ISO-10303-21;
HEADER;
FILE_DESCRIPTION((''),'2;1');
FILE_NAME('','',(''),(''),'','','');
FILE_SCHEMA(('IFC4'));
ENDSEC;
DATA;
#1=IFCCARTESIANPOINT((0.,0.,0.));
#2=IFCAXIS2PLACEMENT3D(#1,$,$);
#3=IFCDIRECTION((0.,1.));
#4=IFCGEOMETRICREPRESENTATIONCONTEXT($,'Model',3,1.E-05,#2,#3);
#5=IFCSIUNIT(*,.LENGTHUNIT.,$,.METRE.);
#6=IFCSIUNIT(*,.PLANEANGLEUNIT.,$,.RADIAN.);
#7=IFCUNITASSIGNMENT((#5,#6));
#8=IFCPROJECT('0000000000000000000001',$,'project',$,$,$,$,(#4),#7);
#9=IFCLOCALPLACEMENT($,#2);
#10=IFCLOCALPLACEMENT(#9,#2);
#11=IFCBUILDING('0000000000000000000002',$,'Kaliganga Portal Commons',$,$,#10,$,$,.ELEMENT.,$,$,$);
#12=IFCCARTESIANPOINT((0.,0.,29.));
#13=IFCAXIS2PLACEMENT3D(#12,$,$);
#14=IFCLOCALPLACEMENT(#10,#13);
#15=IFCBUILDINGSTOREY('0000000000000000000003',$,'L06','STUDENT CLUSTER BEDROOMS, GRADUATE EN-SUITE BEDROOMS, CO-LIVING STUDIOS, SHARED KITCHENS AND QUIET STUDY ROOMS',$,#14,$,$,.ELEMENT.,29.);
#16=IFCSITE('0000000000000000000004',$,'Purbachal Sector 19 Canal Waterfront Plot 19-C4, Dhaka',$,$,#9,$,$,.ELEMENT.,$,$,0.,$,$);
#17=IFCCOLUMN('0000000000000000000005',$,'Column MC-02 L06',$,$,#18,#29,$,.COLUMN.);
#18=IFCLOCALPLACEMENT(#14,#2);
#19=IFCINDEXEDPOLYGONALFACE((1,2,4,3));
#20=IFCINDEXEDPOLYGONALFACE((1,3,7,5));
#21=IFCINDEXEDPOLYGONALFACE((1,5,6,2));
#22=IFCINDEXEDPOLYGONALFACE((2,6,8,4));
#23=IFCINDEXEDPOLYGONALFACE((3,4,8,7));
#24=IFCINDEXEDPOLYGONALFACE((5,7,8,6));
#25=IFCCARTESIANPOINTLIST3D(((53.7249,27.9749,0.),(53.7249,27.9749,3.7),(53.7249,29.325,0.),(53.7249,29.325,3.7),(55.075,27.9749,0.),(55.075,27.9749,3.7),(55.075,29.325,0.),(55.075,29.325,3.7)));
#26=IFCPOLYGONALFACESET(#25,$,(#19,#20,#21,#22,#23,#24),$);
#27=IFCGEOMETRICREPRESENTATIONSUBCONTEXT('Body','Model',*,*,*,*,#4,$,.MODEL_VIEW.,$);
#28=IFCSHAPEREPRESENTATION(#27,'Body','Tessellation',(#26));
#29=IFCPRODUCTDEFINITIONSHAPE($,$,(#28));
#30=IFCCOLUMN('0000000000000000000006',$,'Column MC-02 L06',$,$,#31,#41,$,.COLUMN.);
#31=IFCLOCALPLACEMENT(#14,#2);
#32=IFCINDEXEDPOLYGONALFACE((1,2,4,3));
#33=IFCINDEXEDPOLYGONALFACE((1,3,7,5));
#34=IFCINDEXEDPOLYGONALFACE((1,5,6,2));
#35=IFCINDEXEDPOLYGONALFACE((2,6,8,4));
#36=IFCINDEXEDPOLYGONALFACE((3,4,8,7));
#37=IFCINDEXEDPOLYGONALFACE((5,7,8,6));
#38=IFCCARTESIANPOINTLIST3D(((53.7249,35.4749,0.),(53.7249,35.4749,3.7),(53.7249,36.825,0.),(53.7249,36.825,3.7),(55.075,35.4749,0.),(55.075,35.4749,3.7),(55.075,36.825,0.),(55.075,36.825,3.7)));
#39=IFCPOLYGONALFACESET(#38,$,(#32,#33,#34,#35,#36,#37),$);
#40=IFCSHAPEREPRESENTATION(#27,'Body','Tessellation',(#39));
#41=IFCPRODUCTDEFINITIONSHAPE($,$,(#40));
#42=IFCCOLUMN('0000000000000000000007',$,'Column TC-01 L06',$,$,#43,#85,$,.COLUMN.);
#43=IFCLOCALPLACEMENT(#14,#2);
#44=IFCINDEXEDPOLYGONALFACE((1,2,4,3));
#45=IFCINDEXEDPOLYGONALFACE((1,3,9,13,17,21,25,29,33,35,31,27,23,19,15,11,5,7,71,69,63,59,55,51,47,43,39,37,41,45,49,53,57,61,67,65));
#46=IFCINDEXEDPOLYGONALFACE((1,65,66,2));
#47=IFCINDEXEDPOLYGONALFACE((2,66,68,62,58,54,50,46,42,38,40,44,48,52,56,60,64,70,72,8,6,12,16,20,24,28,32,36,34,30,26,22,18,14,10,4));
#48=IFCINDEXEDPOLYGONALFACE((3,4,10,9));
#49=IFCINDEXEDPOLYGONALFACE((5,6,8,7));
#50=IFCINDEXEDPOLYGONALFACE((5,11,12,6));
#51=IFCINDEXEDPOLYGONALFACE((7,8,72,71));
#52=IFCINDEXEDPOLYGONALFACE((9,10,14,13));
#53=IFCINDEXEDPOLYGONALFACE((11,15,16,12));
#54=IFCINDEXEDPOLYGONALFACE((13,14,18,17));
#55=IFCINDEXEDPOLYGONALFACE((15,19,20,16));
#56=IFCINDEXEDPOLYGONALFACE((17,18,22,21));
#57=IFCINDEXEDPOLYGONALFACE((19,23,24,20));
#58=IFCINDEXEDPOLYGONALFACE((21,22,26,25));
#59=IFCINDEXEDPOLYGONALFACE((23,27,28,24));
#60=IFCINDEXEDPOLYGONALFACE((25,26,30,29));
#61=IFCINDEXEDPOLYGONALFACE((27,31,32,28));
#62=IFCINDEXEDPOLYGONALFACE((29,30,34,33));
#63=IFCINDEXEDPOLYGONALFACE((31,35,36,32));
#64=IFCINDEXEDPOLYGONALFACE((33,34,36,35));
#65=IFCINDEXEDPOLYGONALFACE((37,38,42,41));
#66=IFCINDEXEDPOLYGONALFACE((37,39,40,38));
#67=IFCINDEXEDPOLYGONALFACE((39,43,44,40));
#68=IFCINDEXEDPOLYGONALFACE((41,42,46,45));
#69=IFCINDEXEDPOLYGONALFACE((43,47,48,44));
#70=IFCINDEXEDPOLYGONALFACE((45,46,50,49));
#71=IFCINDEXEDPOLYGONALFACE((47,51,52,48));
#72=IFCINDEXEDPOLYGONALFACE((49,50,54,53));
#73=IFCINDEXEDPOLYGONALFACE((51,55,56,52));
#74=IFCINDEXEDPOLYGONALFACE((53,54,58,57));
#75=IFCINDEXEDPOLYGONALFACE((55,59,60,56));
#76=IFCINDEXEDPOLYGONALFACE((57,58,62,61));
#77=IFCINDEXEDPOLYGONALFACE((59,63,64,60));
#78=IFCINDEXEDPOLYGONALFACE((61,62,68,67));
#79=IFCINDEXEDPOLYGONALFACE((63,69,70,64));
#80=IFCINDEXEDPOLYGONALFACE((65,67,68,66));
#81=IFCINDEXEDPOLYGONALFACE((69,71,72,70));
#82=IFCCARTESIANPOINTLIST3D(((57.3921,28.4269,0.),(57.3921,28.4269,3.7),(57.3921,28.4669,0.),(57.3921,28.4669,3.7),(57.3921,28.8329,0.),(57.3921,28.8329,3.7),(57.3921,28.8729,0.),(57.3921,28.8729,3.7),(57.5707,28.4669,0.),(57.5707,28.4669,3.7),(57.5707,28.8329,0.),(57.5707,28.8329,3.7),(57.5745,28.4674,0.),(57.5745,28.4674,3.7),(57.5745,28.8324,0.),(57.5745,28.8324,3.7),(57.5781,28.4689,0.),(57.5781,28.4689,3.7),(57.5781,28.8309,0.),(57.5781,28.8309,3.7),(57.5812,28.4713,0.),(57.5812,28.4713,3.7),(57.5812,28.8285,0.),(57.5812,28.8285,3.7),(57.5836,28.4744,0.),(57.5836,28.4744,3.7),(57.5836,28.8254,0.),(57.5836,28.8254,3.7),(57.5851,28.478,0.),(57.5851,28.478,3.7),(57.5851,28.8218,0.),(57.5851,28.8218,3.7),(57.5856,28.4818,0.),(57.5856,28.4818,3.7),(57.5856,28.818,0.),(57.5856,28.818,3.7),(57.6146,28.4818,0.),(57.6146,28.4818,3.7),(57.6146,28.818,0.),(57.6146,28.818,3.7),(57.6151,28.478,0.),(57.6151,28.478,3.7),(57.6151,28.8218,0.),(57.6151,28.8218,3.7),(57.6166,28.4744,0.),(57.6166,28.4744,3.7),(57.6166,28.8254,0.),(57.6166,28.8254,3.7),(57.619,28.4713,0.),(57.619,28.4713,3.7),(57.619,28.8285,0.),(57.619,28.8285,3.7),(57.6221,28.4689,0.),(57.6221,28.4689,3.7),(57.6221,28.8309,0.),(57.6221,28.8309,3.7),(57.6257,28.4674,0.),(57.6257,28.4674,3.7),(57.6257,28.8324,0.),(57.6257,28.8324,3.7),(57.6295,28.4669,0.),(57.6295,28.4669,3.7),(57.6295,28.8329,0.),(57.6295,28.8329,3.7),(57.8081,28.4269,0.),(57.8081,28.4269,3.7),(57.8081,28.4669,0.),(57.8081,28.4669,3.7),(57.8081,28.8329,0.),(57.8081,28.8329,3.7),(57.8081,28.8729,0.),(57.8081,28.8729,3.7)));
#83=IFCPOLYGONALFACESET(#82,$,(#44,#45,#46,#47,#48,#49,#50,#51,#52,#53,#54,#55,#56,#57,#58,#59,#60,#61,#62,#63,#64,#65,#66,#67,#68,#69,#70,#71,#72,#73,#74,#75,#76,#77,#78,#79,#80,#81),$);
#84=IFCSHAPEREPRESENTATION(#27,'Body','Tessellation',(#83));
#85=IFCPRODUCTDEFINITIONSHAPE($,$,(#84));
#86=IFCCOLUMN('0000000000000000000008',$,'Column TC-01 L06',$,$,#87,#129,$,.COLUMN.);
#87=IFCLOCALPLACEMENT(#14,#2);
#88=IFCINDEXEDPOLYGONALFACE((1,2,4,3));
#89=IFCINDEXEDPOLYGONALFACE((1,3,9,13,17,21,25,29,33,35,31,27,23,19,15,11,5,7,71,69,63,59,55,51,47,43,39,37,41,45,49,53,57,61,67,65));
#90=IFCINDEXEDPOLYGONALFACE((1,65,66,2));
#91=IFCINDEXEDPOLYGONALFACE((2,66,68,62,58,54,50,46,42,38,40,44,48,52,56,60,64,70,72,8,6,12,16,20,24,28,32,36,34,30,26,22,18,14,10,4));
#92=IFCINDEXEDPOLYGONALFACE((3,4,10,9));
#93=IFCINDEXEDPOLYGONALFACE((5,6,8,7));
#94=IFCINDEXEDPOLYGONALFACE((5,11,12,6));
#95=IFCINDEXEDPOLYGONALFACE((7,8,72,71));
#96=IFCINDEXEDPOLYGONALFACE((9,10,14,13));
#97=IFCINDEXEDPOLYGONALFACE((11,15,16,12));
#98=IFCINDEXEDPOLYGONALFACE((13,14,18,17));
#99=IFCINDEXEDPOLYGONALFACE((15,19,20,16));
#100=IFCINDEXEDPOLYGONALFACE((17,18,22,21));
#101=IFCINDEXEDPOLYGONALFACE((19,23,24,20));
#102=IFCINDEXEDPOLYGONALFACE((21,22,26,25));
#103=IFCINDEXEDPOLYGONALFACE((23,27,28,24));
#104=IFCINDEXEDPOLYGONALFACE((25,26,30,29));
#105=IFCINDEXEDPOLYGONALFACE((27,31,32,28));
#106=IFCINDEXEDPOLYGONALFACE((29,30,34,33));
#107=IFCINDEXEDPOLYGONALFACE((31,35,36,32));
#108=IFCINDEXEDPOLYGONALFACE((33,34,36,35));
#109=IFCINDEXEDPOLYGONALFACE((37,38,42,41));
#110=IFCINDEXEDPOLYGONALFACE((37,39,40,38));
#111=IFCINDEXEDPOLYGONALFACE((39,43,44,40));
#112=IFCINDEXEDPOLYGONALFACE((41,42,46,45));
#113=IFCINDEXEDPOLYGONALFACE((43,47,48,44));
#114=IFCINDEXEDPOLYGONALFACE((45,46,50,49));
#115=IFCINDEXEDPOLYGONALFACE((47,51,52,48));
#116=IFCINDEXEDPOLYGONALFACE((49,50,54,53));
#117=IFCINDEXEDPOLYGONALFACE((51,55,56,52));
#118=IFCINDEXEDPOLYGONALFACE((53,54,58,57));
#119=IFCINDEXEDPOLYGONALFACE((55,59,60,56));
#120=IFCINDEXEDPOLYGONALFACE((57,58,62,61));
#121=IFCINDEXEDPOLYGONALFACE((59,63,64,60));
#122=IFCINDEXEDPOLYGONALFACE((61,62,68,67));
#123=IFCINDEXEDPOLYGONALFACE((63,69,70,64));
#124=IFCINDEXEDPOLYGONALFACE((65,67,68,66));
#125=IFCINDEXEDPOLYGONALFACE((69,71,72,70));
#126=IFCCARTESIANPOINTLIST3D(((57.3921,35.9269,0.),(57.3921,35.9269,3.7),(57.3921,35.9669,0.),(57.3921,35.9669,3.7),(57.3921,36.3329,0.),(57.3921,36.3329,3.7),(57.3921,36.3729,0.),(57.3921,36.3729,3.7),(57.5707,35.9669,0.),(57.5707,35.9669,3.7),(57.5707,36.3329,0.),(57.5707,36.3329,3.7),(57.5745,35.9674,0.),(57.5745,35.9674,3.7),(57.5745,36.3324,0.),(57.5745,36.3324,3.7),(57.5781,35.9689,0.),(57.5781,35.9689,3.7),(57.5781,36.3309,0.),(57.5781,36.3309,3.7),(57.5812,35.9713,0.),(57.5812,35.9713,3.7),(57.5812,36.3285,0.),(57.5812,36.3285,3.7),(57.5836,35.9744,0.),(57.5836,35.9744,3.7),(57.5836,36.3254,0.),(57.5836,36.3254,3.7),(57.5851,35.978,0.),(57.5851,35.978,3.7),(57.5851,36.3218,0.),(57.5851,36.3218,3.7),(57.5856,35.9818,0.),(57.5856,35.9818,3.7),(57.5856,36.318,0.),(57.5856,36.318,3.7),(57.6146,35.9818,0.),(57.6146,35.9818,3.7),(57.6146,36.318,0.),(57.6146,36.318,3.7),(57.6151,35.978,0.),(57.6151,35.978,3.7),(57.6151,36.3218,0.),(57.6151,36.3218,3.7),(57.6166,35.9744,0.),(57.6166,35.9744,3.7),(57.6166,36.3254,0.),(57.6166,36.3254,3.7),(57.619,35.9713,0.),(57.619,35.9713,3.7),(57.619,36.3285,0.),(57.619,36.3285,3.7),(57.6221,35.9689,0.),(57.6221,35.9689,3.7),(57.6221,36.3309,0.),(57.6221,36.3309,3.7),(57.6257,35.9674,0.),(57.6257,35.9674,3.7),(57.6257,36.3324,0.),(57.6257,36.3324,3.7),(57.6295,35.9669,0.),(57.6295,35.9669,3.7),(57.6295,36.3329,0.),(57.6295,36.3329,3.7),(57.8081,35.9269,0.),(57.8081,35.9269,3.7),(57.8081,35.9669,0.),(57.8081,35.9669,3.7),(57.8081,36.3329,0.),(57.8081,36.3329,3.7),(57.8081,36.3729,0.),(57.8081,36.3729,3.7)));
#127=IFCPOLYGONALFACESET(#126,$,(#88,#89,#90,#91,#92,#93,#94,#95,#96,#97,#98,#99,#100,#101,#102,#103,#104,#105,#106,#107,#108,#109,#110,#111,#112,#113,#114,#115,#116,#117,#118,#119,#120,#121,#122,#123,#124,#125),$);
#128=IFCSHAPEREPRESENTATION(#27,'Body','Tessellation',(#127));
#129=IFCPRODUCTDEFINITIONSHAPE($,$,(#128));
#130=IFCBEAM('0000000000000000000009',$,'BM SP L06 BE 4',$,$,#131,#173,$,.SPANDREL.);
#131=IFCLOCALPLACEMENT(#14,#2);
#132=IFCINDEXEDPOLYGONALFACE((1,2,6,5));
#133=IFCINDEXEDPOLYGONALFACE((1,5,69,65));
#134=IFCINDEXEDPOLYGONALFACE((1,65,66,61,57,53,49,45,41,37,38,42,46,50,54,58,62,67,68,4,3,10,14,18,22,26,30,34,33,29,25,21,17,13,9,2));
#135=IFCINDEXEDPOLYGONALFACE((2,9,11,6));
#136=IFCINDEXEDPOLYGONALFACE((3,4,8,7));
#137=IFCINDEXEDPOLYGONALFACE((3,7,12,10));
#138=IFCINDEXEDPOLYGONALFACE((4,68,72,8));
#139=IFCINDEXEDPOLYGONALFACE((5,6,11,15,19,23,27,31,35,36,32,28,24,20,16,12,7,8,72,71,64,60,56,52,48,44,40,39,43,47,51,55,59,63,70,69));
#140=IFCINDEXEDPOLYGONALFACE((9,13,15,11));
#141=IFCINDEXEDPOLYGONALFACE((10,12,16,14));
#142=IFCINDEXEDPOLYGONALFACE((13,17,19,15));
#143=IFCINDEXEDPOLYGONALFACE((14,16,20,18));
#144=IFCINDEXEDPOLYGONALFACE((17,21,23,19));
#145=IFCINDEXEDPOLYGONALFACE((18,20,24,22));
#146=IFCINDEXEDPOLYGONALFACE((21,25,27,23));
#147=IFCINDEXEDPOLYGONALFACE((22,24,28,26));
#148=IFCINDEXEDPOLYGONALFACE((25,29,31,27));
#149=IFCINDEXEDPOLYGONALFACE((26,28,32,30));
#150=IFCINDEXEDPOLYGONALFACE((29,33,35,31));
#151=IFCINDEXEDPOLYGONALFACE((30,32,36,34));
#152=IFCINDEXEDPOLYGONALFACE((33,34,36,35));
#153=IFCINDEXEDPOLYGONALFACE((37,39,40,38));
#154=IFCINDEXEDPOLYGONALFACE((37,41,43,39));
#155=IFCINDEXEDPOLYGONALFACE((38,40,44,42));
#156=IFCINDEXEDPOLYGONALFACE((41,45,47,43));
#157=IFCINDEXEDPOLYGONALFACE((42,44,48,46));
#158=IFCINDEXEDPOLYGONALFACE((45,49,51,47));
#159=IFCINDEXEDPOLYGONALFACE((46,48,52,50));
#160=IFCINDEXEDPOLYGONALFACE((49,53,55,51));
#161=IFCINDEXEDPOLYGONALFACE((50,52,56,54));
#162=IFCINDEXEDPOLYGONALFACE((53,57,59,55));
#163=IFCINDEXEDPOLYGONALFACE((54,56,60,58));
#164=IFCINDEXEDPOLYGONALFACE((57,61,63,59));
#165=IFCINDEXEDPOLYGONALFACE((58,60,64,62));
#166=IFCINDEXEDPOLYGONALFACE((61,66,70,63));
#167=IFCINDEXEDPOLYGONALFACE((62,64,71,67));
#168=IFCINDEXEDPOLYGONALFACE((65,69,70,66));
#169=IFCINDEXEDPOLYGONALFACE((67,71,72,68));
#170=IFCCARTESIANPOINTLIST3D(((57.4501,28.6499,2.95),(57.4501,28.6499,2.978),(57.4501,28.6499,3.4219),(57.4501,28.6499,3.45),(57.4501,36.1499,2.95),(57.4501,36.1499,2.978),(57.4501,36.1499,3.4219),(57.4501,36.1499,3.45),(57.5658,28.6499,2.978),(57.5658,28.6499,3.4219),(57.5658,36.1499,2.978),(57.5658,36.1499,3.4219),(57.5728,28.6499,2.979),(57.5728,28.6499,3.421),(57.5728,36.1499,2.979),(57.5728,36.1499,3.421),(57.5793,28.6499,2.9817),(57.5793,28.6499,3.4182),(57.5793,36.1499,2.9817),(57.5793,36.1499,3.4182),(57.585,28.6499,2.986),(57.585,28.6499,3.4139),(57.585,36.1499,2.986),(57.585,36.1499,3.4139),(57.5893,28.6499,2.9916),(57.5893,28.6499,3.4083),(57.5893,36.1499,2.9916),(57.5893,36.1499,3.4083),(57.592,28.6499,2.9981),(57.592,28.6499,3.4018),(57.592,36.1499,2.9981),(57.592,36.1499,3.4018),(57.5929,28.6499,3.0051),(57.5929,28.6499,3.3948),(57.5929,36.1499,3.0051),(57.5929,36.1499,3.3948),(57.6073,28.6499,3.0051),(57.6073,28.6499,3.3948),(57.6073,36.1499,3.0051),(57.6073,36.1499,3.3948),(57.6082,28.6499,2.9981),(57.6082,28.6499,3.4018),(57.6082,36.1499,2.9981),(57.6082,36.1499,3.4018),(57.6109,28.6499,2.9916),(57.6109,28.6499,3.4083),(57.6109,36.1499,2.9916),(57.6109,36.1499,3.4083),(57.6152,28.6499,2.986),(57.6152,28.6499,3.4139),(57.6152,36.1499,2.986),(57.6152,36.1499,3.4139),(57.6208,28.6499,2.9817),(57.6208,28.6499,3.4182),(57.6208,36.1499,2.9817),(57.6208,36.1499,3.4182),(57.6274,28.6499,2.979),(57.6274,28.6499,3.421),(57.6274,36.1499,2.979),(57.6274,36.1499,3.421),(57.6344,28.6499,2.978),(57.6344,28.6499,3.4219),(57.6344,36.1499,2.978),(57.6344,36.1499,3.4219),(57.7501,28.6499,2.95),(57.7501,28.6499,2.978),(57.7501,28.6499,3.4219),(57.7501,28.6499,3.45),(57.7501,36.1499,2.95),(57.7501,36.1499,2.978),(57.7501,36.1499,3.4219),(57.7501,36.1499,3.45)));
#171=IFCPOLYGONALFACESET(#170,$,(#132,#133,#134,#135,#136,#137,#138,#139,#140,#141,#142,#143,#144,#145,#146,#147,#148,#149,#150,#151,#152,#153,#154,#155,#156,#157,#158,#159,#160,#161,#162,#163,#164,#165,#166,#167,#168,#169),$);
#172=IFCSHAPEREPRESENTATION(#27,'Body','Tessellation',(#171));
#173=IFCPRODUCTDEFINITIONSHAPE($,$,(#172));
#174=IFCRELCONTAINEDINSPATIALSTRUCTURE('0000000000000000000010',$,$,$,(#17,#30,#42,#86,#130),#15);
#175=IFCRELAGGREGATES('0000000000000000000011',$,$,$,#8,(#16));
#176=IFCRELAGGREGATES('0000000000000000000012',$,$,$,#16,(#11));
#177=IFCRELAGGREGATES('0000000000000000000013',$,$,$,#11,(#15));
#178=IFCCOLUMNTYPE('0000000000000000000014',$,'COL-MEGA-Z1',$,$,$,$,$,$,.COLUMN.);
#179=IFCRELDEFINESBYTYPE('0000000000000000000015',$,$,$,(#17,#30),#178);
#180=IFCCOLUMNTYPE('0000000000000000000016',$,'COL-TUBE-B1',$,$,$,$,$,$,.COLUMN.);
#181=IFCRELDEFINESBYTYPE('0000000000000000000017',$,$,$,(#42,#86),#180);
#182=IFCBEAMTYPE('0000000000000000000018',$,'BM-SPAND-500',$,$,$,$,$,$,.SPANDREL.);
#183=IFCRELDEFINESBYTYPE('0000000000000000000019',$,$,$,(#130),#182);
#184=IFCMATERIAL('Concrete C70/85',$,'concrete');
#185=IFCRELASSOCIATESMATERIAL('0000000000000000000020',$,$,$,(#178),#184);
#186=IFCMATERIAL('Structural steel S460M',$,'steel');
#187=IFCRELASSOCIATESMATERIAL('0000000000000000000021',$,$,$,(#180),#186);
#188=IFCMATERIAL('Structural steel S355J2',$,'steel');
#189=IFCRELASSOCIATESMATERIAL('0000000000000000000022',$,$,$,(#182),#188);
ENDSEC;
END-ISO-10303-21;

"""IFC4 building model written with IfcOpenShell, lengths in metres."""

from ifc_helpers import new_model, si_unit, direction, frame, origin, origin_2d, place, context, subcontext, project, spatial, rectangle, i_section, extrude, source, transform, mapped, material, material_profile, profile_set, type_object, element, save


model = new_model("IFC4")

# Units and contexts
model_context = context("Model", 3, precision=1e-05, world=origin(), true_north=direction((0.0, 1.0)))
body_context = subcontext(model_context, "Body", "Model", "MODEL_VIEW")
ifc_project = project(units=[si_unit("LENGTHUNIT", "METRE"), si_unit("PLANEANGLEUNIT", "RADIAN")], contexts=[model_context])

# Site, building, storey
site_placement = place(None, origin())
site = spatial("IfcSite", under=ifc_project, at=site_placement, Name="Purbachal Sector 19 Canal Waterfront Plot 19-C4, Dhaka", CompositionType="ELEMENT", RefElevation=0.0)
building_placement = place(site_placement, origin())
building = spatial("IfcBuilding", under=site, at=building_placement, Name="Kaliganga Portal Commons", CompositionType="ELEMENT")
storey_placement = place(building_placement, frame((0.0, 0.0, 29.0)))
storey = spatial("IfcBuildingStorey", under=building, at=storey_placement, Name="L06", Description="STUDENT CLUSTER BEDROOMS, GRADUATE EN-SUITE BEDROOMS, CO-LIVING STUDIOS, SHARED KITCHENS AND QUIET STUDY ROOMS", CompositionType="ELEMENT", Elevation=29.0)

# Columns
ifc_material_1 = material(Name="Concrete C70/85", Category="concrete")
ifc_material_profile_1 = material_profile(ifc_material_1, rectangle(XDim=1.3501, YDim=1.3501, at=origin_2d()), Name="RC 1350x1350")
ifc_profile_set_1 = profile_set([ifc_material_profile_1], Name="Concrete C70/85")
column_type_1 = type_object("IfcColumnType", Name="COL-MEGA-Z1", PredefinedType="COLUMN", material=ifc_profile_set_1)
shared_shape_1 = source(origin(), body_context, "Body", "SweptSolid", [
    extrude(rectangle(XDim=1.3501, YDim=1.3501, at=origin_2d()), origin(), (0.0, 0.0, 1.0), 3.7),
])
for number, where, z_axis, x_axis, name in (
    (1, (54.3999, 28.6499, 0.0), (0.0, 0.0, 1.0), (1.0, 0.0, 0.0), "Column MC-02 L06"),
    (2, (54.3999, 36.1499, 0.0), (0.0, 0.0, 1.0), (1.0, 0.0, 0.0), "Column MC-02 L06"),
):
    element("IfcColumn", number, at=place(storey_placement, frame(where, z_axis=z_axis, x_axis=x_axis)), inside=storey, type_object=column_type_1, Name=name, PredefinedType="COLUMN", context=body_context, shape_type="MappedRepresentation", body=[
        mapped(shared_shape_1, transform((0.0, 0.0, 0.0), x_axis=(1.0, 0.0, 0.0), y_axis=(0.0, 1.0, 0.0), z_axis=(0.0, 0.0, 1.0), scale=1.0)),
    ])
ifc_material_2 = material(Name="Structural steel S460M", Category="steel")
ifc_material_profile_2 = material_profile(ifc_material_2, i_section(OverallWidth=0.416, OverallDepth=0.446, WebThickness=0.0291, FlangeThickness=0.04, FilletRadius=0.0149, at=origin_2d()), Name="HD 400x509")
ifc_profile_set_2 = profile_set([ifc_material_profile_2], Name="Structural steel S460M wide-flange")
column_type_2 = type_object("IfcColumnType", Name="COL-TUBE-B1", PredefinedType="COLUMN", material=ifc_profile_set_2)
shared_shape_2 = source(origin(), body_context, "Body", "SweptSolid", [
    extrude(i_section(OverallWidth=0.416, OverallDepth=0.446, WebThickness=0.0291, FlangeThickness=0.04, FilletRadius=0.0149, at=origin_2d()), origin(), (0.0, 0.0, 1.0), 3.7),
])
for number, where, z_axis, x_axis, name in (
    (3, (57.6001, 28.6499, 0.0), (0.0, 0.0, 1.0), (1.0, 0.0, 0.0), "Column TC-01 L06"),
    (4, (57.6001, 36.1499, 0.0), (0.0, 0.0, 1.0), (1.0, 0.0, 0.0), "Column TC-01 L06"),
):
    element("IfcColumn", number, at=place(storey_placement, frame(where, z_axis=z_axis, x_axis=x_axis)), inside=storey, type_object=column_type_2, Name=name, PredefinedType="COLUMN", context=body_context, shape_type="MappedRepresentation", body=[
        mapped(shared_shape_2, transform((0.0, 0.0, 0.0), x_axis=(1.0, 0.0, 0.0), y_axis=(0.0, 1.0, 0.0), z_axis=(0.0, 0.0, 1.0), scale=1.0)),
    ])

# Beam
ifc_material_3 = material(Name="Structural steel S355J2", Category="steel")
ifc_material_profile_3 = material_profile(ifc_material_3, i_section(OverallWidth=0.3, OverallDepth=0.5, WebThickness=0.0144, FlangeThickness=0.0281, FilletRadius=0.0271, at=origin_2d()), Name="HE 500 B")
ifc_profile_set_3 = profile_set([ifc_material_profile_3], Name="Structural steel S355J2 wide-flange")
beam_type_1 = type_object("IfcBeamType", Name="BM-SPAND-500", PredefinedType="SPANDREL", material=ifc_profile_set_3)
shared_shape_3 = source(origin(), body_context, "Body", "SweptSolid", [
    extrude(i_section(OverallWidth=0.3, OverallDepth=0.5, WebThickness=0.0144, FlangeThickness=0.0281, FilletRadius=0.0271, at=origin_2d()), origin(), (0.0, 0.0, 1.0), 7.5),
])
beam_placement = place(storey_placement, frame((57.6001, 28.6499, 3.2), z_axis=(0.0, 1.0, 0.0), x_axis=(-1.0, 0.0, 0.0)))
element("IfcBeam", 5, at=beam_placement, inside=storey, type_object=beam_type_1, Name="BM SP L06 BE 4", PredefinedType="SPANDREL", context=body_context, shape_type="MappedRepresentation", body=[
    mapped(shared_shape_3, transform((0.0, 0.0, 0.0), x_axis=(1.0, 0.0, 0.0), y_axis=(0.0, 1.0, 0.0), z_axis=(0.0, 0.0, 1.0), scale=1.0)),
])

save(model, "model.ifc")
